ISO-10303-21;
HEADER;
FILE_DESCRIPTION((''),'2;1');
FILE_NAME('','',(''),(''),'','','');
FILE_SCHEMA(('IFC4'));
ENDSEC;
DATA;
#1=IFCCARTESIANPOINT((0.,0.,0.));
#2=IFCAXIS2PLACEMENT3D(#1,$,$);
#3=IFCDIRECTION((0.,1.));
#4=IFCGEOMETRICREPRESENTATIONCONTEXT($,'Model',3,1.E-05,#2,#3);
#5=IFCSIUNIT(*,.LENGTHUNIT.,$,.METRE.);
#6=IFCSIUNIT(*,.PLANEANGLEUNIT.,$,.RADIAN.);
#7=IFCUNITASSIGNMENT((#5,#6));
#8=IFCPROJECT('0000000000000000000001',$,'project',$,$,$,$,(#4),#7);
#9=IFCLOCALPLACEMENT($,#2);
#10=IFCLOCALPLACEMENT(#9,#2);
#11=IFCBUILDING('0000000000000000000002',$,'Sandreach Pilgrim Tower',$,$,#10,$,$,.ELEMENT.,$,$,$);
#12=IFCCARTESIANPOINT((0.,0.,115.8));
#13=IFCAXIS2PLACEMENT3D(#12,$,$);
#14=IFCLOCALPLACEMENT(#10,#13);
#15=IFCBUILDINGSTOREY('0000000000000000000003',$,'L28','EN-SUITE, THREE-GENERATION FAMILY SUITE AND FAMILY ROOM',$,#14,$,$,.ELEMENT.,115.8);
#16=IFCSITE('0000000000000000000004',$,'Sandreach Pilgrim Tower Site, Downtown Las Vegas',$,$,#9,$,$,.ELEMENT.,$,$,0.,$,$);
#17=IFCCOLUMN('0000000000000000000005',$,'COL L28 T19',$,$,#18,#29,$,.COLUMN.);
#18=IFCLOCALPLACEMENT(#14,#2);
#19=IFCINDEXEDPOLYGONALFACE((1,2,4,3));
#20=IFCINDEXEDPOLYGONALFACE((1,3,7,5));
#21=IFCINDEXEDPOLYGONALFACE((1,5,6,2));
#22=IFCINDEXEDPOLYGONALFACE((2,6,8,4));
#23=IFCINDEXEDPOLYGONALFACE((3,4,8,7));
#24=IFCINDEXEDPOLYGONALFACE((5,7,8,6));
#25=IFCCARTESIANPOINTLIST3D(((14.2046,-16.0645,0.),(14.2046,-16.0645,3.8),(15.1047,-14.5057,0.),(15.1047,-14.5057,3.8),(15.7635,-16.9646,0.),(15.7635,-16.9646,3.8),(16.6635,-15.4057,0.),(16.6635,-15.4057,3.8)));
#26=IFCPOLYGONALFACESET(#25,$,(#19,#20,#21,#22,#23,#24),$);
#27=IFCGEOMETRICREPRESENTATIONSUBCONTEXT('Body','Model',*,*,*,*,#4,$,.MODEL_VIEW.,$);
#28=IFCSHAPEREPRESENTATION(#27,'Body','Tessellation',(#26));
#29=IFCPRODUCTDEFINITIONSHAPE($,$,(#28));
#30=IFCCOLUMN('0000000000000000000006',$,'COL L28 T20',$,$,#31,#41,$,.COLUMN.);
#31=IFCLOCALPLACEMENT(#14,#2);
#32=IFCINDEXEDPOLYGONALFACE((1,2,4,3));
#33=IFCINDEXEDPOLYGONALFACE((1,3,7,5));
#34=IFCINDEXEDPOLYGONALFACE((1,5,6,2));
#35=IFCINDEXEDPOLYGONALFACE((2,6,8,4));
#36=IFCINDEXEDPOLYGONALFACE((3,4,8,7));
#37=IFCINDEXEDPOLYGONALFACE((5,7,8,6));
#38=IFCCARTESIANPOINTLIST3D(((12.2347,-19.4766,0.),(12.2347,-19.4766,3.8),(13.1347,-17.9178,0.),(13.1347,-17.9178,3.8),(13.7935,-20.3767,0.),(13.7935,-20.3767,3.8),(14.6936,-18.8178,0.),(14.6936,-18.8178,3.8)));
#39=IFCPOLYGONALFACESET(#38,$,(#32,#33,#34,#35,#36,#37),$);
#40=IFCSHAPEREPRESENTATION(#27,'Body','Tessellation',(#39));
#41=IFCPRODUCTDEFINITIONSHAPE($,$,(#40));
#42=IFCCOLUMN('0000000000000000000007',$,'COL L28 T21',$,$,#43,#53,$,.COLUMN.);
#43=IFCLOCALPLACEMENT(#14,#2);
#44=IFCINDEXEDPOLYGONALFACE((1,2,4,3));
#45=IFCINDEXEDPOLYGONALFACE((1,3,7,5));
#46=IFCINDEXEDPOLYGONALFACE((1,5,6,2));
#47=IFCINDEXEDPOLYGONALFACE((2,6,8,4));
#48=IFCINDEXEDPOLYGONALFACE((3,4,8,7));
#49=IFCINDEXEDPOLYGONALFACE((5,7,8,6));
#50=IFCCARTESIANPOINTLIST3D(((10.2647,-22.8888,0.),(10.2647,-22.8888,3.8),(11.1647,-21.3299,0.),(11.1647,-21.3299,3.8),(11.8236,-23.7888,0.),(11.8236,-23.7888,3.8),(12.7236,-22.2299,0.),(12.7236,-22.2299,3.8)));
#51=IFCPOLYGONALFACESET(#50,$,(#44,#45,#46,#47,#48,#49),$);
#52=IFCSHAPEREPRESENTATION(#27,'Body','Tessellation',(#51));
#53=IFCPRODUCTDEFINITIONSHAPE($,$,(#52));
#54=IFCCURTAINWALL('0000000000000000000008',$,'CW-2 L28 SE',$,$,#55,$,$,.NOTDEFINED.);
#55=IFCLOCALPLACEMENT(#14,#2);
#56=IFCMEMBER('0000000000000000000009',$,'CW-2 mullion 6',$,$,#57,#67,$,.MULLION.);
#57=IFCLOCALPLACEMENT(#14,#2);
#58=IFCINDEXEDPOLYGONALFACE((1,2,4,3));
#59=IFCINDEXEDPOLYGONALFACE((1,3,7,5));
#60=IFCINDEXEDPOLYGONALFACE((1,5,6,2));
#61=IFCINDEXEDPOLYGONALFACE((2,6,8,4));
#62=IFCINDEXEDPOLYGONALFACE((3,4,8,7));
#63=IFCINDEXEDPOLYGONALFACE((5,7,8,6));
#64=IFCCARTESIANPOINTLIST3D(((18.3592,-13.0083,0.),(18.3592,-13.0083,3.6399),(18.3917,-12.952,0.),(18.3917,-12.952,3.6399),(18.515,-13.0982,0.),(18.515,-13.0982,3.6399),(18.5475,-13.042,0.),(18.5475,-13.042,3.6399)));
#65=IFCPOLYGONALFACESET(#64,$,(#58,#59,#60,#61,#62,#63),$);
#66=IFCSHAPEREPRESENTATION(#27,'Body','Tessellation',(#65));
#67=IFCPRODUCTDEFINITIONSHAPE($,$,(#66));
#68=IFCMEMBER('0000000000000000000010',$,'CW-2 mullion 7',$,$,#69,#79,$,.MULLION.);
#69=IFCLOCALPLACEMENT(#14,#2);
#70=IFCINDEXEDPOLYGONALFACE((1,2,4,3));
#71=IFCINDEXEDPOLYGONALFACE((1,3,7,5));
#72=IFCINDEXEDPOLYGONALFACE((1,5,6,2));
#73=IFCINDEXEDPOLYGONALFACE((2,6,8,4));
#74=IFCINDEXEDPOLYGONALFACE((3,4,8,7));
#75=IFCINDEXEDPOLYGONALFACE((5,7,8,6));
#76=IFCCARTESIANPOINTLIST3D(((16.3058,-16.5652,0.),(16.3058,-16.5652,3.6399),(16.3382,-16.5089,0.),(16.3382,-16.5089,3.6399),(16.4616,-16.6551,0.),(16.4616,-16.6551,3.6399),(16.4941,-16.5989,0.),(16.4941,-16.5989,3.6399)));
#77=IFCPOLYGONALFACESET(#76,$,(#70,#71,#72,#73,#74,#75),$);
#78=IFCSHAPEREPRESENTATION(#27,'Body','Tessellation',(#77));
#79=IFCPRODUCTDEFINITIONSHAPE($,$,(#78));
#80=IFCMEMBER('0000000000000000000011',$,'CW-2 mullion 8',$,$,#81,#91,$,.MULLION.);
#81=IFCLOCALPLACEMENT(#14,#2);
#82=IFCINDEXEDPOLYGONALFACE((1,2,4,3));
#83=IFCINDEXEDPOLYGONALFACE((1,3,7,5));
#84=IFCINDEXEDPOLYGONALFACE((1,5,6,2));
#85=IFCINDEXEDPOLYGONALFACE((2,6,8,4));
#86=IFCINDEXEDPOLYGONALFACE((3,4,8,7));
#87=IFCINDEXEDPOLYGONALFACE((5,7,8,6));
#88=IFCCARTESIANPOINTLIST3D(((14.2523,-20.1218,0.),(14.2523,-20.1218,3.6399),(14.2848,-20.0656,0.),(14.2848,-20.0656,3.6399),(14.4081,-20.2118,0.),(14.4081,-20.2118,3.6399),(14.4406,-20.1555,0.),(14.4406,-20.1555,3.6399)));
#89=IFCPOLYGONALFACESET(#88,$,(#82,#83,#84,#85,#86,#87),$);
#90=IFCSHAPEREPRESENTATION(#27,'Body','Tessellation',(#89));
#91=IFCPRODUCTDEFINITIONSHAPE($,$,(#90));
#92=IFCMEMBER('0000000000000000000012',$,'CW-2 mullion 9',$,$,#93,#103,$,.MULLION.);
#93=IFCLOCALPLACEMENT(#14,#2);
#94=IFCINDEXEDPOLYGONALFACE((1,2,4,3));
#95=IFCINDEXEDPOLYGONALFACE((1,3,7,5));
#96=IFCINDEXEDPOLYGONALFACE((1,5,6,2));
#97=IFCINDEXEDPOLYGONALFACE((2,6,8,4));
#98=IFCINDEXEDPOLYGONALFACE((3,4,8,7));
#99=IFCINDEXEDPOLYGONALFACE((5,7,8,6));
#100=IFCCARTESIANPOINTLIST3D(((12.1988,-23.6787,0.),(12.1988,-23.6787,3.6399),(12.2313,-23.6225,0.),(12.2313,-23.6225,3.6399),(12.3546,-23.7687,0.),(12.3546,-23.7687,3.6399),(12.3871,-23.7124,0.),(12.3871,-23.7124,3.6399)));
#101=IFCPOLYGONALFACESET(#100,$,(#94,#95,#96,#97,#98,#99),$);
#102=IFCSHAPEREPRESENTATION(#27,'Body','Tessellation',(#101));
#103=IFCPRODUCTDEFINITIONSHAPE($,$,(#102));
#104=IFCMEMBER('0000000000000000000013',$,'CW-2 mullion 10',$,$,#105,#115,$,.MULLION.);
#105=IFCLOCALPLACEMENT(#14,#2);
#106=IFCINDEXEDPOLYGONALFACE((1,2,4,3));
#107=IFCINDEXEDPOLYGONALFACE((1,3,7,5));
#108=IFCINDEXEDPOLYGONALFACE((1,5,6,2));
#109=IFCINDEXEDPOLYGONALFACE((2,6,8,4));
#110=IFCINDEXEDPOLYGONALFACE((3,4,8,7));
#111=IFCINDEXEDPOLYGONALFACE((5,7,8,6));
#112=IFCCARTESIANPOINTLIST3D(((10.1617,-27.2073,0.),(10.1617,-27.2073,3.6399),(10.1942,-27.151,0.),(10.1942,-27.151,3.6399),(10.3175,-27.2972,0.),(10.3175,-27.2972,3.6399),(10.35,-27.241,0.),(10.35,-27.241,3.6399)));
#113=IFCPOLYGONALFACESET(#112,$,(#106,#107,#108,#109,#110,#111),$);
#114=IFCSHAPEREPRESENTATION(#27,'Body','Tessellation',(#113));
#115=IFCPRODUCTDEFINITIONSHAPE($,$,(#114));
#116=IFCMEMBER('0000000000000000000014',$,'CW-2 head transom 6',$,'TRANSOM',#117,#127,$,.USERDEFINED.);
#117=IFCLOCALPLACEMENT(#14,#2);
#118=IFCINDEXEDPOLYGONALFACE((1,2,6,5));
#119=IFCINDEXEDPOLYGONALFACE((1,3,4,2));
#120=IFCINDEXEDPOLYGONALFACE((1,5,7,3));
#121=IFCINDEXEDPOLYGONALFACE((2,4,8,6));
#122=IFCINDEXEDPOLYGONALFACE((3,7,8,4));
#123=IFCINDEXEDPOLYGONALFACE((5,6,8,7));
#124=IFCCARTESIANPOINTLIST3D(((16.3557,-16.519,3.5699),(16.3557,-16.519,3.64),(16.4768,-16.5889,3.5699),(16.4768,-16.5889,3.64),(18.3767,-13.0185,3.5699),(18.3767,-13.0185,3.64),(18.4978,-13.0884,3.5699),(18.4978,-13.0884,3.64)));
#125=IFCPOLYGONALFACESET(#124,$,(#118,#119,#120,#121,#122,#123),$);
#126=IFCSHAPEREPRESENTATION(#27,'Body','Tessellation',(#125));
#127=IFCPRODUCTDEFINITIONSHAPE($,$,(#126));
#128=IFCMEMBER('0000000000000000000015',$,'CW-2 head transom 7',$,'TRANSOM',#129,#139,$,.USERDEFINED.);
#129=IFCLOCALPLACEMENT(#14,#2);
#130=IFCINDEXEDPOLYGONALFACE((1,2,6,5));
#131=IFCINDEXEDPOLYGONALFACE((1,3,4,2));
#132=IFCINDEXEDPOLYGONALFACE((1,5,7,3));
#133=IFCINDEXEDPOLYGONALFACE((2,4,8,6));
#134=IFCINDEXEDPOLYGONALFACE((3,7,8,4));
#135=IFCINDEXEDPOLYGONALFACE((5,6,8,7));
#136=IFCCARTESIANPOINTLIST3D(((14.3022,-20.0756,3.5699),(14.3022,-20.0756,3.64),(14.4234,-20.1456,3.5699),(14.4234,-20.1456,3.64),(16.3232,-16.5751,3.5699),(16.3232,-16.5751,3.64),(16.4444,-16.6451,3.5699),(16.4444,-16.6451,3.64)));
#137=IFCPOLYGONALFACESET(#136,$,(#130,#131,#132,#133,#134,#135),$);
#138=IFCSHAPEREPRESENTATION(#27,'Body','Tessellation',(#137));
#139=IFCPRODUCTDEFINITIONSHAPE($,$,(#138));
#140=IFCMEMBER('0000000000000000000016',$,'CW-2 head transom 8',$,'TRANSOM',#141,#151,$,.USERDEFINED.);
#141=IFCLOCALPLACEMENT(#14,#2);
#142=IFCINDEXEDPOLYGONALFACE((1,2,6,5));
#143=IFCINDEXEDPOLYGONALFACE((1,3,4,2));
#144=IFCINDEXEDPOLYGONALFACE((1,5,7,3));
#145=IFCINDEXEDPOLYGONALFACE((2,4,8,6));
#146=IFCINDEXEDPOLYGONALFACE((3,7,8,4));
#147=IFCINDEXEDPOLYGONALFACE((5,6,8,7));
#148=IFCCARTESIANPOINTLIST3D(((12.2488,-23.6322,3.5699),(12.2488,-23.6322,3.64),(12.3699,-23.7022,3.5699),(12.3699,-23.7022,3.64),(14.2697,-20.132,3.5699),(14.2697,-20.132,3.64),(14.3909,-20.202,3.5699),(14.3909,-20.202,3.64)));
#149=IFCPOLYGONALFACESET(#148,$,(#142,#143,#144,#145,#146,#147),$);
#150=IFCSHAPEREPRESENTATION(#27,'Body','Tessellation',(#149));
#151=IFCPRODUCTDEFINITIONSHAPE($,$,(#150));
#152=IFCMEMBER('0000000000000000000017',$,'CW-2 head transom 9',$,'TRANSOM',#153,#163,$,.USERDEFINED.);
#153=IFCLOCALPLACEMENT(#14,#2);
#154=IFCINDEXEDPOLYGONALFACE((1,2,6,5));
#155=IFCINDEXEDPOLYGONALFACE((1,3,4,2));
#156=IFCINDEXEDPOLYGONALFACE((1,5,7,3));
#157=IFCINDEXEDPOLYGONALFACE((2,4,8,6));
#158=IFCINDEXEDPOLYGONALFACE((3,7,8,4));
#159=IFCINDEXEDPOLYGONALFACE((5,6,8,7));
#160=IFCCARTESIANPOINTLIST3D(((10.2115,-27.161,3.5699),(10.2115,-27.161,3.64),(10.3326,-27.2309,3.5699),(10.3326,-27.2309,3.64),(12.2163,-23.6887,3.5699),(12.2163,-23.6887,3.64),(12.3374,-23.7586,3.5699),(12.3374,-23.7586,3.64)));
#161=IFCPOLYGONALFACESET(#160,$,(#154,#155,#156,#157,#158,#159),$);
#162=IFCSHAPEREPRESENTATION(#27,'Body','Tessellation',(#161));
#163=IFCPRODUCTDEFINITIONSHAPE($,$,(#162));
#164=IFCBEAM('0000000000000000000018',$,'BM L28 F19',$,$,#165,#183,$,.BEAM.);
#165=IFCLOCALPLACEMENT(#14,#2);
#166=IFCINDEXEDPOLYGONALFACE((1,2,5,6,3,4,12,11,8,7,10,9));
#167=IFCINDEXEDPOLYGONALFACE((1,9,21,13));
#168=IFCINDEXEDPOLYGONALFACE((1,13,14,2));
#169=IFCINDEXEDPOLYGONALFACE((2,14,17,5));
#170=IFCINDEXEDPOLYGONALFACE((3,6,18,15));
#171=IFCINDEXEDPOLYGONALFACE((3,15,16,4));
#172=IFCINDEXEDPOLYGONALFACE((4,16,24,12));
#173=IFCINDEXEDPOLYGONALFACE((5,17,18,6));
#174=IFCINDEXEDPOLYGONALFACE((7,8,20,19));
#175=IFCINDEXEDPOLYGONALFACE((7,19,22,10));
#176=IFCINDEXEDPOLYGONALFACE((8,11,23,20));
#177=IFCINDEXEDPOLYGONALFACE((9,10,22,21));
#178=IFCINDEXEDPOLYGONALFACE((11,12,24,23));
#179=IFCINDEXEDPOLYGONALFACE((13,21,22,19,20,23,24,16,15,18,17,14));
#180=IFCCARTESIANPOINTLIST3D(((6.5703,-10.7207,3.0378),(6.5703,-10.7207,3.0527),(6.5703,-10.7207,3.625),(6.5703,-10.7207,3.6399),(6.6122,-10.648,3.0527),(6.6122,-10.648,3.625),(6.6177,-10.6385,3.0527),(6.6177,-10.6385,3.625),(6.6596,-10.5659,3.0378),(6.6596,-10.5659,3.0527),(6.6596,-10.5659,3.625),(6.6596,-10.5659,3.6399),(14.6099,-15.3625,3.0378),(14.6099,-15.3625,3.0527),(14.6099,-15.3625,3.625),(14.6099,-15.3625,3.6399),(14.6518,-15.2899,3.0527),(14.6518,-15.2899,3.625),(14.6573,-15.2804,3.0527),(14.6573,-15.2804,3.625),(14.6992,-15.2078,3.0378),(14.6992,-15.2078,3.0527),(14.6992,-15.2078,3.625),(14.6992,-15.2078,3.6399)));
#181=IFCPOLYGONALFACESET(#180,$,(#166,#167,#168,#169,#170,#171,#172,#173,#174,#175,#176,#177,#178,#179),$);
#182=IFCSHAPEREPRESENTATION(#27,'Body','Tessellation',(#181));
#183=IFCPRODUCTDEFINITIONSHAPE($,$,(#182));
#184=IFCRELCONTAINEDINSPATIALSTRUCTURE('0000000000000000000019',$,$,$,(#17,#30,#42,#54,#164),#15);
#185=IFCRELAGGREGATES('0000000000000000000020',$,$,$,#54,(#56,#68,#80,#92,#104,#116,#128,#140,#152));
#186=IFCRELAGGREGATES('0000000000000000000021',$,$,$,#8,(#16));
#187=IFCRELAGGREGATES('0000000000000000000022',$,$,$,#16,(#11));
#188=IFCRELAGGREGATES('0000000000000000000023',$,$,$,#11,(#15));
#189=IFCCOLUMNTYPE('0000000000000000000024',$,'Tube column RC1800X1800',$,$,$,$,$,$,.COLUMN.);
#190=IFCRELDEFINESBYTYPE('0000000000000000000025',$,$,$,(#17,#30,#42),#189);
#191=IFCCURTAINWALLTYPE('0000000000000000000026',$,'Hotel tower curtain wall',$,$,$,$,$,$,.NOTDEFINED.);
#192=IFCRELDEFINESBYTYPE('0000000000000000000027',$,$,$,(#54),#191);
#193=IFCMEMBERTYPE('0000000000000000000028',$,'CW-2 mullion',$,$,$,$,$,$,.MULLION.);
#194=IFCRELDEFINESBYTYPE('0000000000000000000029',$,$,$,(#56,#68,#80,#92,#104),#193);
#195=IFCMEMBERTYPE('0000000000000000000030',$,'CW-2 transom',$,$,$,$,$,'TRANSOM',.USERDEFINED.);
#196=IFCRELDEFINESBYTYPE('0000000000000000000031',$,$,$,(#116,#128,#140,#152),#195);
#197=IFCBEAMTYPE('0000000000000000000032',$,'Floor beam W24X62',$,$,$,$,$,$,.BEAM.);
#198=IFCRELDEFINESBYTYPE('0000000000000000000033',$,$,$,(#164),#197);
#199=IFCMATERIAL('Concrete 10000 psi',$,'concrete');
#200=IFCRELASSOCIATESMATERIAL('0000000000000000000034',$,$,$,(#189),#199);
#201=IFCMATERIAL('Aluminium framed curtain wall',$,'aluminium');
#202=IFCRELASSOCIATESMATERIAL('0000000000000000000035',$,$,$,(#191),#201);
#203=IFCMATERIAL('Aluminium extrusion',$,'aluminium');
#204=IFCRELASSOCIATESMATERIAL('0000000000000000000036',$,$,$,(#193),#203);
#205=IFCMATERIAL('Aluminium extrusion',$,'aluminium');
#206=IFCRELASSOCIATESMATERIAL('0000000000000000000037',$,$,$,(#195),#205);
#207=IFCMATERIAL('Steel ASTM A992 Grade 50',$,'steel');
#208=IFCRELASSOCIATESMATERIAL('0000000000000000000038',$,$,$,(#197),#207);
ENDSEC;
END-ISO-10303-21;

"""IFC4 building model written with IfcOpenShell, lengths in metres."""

from ifc_helpers import new_model, si_unit, direction, frame, origin, origin_2d, place, context, subcontext, project, spatial, rectangle, i_section, extrude, material, material_profile, profile_set, type_object, element, aggregate, save


model = new_model("IFC4")

# Units and contexts
model_context = context("Model", 3, precision=1e-05, world=origin(), true_north=direction((0.0, 1.0)))
body_context = subcontext(model_context, "Body", "Model", "MODEL_VIEW")
ifc_project = project(units=[si_unit("LENGTHUNIT", "METRE"), si_unit("PLANEANGLEUNIT", "RADIAN")], contexts=[model_context])

# Site, building, storey
site_placement = place(None, origin())
site = spatial("IfcSite", under=ifc_project, at=site_placement, Name="Sandreach Pilgrim Tower Site, Downtown Las Vegas", CompositionType="ELEMENT", RefElevation=0.0)
building_placement = place(site_placement, origin())
building = spatial("IfcBuilding", under=site, at=building_placement, Name="Sandreach Pilgrim Tower", CompositionType="ELEMENT")
storey_placement = place(building_placement, frame((0.0, 0.0, 115.8)))
storey = spatial("IfcBuildingStorey", under=building, at=storey_placement, Name="L28", Description="EN-SUITE, THREE-GENERATION FAMILY SUITE AND FAMILY ROOM", CompositionType="ELEMENT", Elevation=115.8)

# Columns
ifc_material_1 = material(Name="Concrete 10000 psi", Category="concrete")
ifc_material_profile_1 = material_profile(ifc_material_1, rectangle(XDim=1.8, YDim=1.8, at=origin_2d()), Name="RC1800X1800")
ifc_profile_set_1 = profile_set([ifc_material_profile_1], Name="Concrete 10000 psi")
column_type = type_object("IfcColumnType", Name="Tube column RC1800X1800", PredefinedType="COLUMN", material=ifc_profile_set_1)
for number, where, z_axis, x_axis, name in (
    (1, (15.4341, -15.7351, 0.0), (0.0, 0.0, 1.0), (0.866025, -0.5, 0.0), "COL L28 T19"),
    (2, (13.4641, -19.1472, 0.0), (0.0, 0.0, 1.0), (0.866025, -0.5, 0.0), "COL L28 T20"),
    (3, (11.4941, -22.5593, 0.0), (0.0, 0.0, 1.0), (0.866025, -0.5, 0.0), "COL L28 T21"),
):
    element("IfcColumn", number, at=place(storey_placement, frame(where, z_axis=z_axis, x_axis=x_axis)), inside=storey, type_object=column_type, Name=name, PredefinedType="COLUMN", context=body_context, shape_type="SweptSolid", body=[
        extrude(rectangle(XDim=1.8, YDim=1.8, at=origin_2d()), origin(), (0.0, 0.0, 1.0), 3.8),
    ])

# Curtain wall, members
ifc_material_2 = material(Name="Aluminium framed curtain wall", Category="aluminium")
curtain_wall_type = type_object("IfcCurtainWallType", Name="Hotel tower curtain wall", PredefinedType="NOTDEFINED", material=ifc_material_2)
curtain_wall_placement = place(storey_placement, origin())
curtain_wall = element("IfcCurtainWall", 4, at=curtain_wall_placement, inside=storey, type_object=curtain_wall_type, Name="CW-2 L28 SE", PredefinedType="NOTDEFINED")
ifc_material_3 = material(Name="Aluminium extrusion", Category="aluminium")
ifc_material_profile_2 = material_profile(ifc_material_3, rectangle(XDim=0.0649, YDim=0.1799, at=origin_2d()), Name="CW-2M 65X180")
ifc_profile_set_2 = profile_set([ifc_material_profile_2], Name="Aluminium extrusion")
member_type_1 = type_object("IfcMemberType", Name="CW-2 mullion", PredefinedType="MULLION", material=ifc_profile_set_2)
member_1_placement = place(storey_placement, frame((18.4534, -13.0251, 0.0), z_axis=(0.0, 0.0, 1.0), x_axis=(-0.5, -0.866025, 0.0)))
member_1 = element("IfcMember", 5, at=member_1_placement, type_object=member_type_1, Name="CW-2 mullion 6", PredefinedType="MULLION", context=body_context, shape_type="SweptSolid", body=[
    extrude(rectangle(XDim=0.0649, YDim=0.1799, at=origin_2d()), origin(), (0.0, 0.0, 1.0), 3.6399),
])
member_2_placement = place(storey_placement, frame((16.3999, -16.582, 0.0), z_axis=(0.0, 0.0, 1.0), x_axis=(-0.5, -0.866025, 0.0)))
member_2 = element("IfcMember", 6, at=member_2_placement, type_object=member_type_1, Name="CW-2 mullion 7", PredefinedType="MULLION", context=body_context, shape_type="SweptSolid", body=[
    extrude(rectangle(XDim=0.0649, YDim=0.1799, at=origin_2d()), origin(), (0.0, 0.0, 1.0), 3.6399),
])
member_3_placement = place(storey_placement, frame((14.3464, -20.1387, 0.0), z_axis=(0.0, 0.0, 1.0), x_axis=(-0.5, -0.866025, 0.0)))
member_3 = element("IfcMember", 7, at=member_3_placement, type_object=member_type_1, Name="CW-2 mullion 8", PredefinedType="MULLION", context=body_context, shape_type="SweptSolid", body=[
    extrude(rectangle(XDim=0.0649, YDim=0.1799, at=origin_2d()), origin(), (0.0, 0.0, 1.0), 3.6399),
])
member_4_placement = place(storey_placement, frame((12.293, -23.6956, 0.0), z_axis=(0.0, 0.0, 1.0), x_axis=(-0.5, -0.866025, 0.0)))
member_4 = element("IfcMember", 8, at=member_4_placement, type_object=member_type_1, Name="CW-2 mullion 9", PredefinedType="MULLION", context=body_context, shape_type="SweptSolid", body=[
    extrude(rectangle(XDim=0.0649, YDim=0.1799, at=origin_2d()), origin(), (0.0, 0.0, 1.0), 3.6399),
])
member_5_placement = place(storey_placement, frame((10.2559, -27.2241, 0.0), z_axis=(0.0, 0.0, 1.0), x_axis=(-0.5, -0.866025, 0.0)))
member_5 = element("IfcMember", 9, at=member_5_placement, type_object=member_type_1, Name="CW-2 mullion 10", PredefinedType="MULLION", context=body_context, shape_type="SweptSolid", body=[
    extrude(rectangle(XDim=0.0649, YDim=0.1799, at=origin_2d()), origin(), (0.0, 0.0, 1.0), 3.6399),
])
ifc_material_4 = material(Name="Aluminium extrusion", Category="aluminium")
ifc_material_profile_3 = material_profile(ifc_material_4, rectangle(XDim=0.1399, YDim=0.0701, at=origin_2d()), Name="CW-2T 140X70")
ifc_profile_set_3 = profile_set([ifc_material_profile_3], Name="Aluminium extrusion")
member_type_2 = type_object("IfcMemberType", Name="CW-2 transom", ElementType="TRANSOM", PredefinedType="USERDEFINED", material=ifc_profile_set_3)
member_6_placement = place(storey_placement, frame((18.4373, -13.0535, 3.605), z_axis=(-0.499998, -0.866027, 0.0), x_axis=(0.866027, -0.499998, 0.0)))
member_6 = element("IfcMember", 10, at=member_6_placement, type_object=member_type_2, Name="CW-2 head transom 6", ObjectType="TRANSOM", PredefinedType="USERDEFINED", context=body_context, shape_type="SweptSolid", body=[
    extrude(rectangle(XDim=0.1399, YDim=0.0701, at=origin_2d()), origin(), (0.0, 0.0, 1.0), 4.042),
])
member_7_placement = place(storey_placement, frame((16.3838, -16.6101, 3.605), z_axis=(-0.499998, -0.866027, 0.0), x_axis=(0.866027, -0.499998, 0.0)))
member_7 = element("IfcMember", 11, at=member_7_placement, type_object=member_type_2, Name="CW-2 head transom 7", ObjectType="TRANSOM", PredefinedType="USERDEFINED", context=body_context, shape_type="SweptSolid", body=[
    extrude(rectangle(XDim=0.1399, YDim=0.0701, at=origin_2d()), origin(), (0.0, 0.0, 1.0), 4.042),
])
member_8_placement = place(storey_placement, frame((14.3303, -20.167, 3.605), z_axis=(-0.500024, -0.866012, 0.0), x_axis=(0.866012, -0.500024, 0.0)))
member_8 = element("IfcMember", 12, at=member_8_placement, type_object=member_type_2, Name="CW-2 head transom 8", ObjectType="TRANSOM", PredefinedType="USERDEFINED", context=body_context, shape_type="SweptSolid", body=[
    extrude(rectangle(XDim=0.1399, YDim=0.0701, at=origin_2d()), origin(), (0.0, 0.0, 1.0), 4.0417),
])
member_9_placement = place(storey_placement, frame((12.2769, -23.7236, 3.605), z_axis=(-0.500016, -0.866016, 0.0), x_axis=(0.866016, -0.500016, 0.0)))
member_9 = element("IfcMember", 13, at=member_9_placement, type_object=member_type_2, Name="CW-2 head transom 9", ObjectType="TRANSOM", PredefinedType="USERDEFINED", context=body_context, shape_type="SweptSolid", body=[
    extrude(rectangle(XDim=0.1399, YDim=0.0701, at=origin_2d()), origin(), (0.0, 0.0, 1.0), 4.0095),
])

# Beam
ifc_material_5 = material(Name="Steel ASTM A992 Grade 50", Category="steel")
ifc_material_profile_4 = material_profile(ifc_material_5, i_section(OverallWidth=0.1787, OverallDepth=0.6021, WebThickness=0.011, FlangeThickness=0.0149, at=origin_2d()), Name="W24X62")
ifc_profile_set_4 = profile_set([ifc_material_profile_4], Name="Steel ASTM A992 Grade 50")
beam_type_1 = type_object("IfcBeamType", Name="Floor beam W24X62", PredefinedType="BEAM", material=ifc_profile_set_4)
beam_1_placement = place(storey_placement, frame((14.6545, -15.2852, 3.3389), z_axis=(-0.866016, 0.500017, 0.0), x_axis=(-0.500017, -0.866016, 0.0)))
element("IfcBeam", 14, at=beam_1_placement, inside=storey, type_object=beam_type_1, Name="BM L28 F19", PredefinedType="BEAM", context=body_context, shape_type="SweptSolid", body=[
    extrude(i_section(OverallWidth=0.1787, OverallDepth=0.6021, WebThickness=0.011, FlangeThickness=0.0149, at=origin_2d()), origin(), (0.0, 0.0, 1.0), 9.2834),
])

aggregate(curtain_wall, [member_1, member_2, member_3, member_4, member_5, member_6, member_7, member_8, member_9])

save(model, "model.ifc")
